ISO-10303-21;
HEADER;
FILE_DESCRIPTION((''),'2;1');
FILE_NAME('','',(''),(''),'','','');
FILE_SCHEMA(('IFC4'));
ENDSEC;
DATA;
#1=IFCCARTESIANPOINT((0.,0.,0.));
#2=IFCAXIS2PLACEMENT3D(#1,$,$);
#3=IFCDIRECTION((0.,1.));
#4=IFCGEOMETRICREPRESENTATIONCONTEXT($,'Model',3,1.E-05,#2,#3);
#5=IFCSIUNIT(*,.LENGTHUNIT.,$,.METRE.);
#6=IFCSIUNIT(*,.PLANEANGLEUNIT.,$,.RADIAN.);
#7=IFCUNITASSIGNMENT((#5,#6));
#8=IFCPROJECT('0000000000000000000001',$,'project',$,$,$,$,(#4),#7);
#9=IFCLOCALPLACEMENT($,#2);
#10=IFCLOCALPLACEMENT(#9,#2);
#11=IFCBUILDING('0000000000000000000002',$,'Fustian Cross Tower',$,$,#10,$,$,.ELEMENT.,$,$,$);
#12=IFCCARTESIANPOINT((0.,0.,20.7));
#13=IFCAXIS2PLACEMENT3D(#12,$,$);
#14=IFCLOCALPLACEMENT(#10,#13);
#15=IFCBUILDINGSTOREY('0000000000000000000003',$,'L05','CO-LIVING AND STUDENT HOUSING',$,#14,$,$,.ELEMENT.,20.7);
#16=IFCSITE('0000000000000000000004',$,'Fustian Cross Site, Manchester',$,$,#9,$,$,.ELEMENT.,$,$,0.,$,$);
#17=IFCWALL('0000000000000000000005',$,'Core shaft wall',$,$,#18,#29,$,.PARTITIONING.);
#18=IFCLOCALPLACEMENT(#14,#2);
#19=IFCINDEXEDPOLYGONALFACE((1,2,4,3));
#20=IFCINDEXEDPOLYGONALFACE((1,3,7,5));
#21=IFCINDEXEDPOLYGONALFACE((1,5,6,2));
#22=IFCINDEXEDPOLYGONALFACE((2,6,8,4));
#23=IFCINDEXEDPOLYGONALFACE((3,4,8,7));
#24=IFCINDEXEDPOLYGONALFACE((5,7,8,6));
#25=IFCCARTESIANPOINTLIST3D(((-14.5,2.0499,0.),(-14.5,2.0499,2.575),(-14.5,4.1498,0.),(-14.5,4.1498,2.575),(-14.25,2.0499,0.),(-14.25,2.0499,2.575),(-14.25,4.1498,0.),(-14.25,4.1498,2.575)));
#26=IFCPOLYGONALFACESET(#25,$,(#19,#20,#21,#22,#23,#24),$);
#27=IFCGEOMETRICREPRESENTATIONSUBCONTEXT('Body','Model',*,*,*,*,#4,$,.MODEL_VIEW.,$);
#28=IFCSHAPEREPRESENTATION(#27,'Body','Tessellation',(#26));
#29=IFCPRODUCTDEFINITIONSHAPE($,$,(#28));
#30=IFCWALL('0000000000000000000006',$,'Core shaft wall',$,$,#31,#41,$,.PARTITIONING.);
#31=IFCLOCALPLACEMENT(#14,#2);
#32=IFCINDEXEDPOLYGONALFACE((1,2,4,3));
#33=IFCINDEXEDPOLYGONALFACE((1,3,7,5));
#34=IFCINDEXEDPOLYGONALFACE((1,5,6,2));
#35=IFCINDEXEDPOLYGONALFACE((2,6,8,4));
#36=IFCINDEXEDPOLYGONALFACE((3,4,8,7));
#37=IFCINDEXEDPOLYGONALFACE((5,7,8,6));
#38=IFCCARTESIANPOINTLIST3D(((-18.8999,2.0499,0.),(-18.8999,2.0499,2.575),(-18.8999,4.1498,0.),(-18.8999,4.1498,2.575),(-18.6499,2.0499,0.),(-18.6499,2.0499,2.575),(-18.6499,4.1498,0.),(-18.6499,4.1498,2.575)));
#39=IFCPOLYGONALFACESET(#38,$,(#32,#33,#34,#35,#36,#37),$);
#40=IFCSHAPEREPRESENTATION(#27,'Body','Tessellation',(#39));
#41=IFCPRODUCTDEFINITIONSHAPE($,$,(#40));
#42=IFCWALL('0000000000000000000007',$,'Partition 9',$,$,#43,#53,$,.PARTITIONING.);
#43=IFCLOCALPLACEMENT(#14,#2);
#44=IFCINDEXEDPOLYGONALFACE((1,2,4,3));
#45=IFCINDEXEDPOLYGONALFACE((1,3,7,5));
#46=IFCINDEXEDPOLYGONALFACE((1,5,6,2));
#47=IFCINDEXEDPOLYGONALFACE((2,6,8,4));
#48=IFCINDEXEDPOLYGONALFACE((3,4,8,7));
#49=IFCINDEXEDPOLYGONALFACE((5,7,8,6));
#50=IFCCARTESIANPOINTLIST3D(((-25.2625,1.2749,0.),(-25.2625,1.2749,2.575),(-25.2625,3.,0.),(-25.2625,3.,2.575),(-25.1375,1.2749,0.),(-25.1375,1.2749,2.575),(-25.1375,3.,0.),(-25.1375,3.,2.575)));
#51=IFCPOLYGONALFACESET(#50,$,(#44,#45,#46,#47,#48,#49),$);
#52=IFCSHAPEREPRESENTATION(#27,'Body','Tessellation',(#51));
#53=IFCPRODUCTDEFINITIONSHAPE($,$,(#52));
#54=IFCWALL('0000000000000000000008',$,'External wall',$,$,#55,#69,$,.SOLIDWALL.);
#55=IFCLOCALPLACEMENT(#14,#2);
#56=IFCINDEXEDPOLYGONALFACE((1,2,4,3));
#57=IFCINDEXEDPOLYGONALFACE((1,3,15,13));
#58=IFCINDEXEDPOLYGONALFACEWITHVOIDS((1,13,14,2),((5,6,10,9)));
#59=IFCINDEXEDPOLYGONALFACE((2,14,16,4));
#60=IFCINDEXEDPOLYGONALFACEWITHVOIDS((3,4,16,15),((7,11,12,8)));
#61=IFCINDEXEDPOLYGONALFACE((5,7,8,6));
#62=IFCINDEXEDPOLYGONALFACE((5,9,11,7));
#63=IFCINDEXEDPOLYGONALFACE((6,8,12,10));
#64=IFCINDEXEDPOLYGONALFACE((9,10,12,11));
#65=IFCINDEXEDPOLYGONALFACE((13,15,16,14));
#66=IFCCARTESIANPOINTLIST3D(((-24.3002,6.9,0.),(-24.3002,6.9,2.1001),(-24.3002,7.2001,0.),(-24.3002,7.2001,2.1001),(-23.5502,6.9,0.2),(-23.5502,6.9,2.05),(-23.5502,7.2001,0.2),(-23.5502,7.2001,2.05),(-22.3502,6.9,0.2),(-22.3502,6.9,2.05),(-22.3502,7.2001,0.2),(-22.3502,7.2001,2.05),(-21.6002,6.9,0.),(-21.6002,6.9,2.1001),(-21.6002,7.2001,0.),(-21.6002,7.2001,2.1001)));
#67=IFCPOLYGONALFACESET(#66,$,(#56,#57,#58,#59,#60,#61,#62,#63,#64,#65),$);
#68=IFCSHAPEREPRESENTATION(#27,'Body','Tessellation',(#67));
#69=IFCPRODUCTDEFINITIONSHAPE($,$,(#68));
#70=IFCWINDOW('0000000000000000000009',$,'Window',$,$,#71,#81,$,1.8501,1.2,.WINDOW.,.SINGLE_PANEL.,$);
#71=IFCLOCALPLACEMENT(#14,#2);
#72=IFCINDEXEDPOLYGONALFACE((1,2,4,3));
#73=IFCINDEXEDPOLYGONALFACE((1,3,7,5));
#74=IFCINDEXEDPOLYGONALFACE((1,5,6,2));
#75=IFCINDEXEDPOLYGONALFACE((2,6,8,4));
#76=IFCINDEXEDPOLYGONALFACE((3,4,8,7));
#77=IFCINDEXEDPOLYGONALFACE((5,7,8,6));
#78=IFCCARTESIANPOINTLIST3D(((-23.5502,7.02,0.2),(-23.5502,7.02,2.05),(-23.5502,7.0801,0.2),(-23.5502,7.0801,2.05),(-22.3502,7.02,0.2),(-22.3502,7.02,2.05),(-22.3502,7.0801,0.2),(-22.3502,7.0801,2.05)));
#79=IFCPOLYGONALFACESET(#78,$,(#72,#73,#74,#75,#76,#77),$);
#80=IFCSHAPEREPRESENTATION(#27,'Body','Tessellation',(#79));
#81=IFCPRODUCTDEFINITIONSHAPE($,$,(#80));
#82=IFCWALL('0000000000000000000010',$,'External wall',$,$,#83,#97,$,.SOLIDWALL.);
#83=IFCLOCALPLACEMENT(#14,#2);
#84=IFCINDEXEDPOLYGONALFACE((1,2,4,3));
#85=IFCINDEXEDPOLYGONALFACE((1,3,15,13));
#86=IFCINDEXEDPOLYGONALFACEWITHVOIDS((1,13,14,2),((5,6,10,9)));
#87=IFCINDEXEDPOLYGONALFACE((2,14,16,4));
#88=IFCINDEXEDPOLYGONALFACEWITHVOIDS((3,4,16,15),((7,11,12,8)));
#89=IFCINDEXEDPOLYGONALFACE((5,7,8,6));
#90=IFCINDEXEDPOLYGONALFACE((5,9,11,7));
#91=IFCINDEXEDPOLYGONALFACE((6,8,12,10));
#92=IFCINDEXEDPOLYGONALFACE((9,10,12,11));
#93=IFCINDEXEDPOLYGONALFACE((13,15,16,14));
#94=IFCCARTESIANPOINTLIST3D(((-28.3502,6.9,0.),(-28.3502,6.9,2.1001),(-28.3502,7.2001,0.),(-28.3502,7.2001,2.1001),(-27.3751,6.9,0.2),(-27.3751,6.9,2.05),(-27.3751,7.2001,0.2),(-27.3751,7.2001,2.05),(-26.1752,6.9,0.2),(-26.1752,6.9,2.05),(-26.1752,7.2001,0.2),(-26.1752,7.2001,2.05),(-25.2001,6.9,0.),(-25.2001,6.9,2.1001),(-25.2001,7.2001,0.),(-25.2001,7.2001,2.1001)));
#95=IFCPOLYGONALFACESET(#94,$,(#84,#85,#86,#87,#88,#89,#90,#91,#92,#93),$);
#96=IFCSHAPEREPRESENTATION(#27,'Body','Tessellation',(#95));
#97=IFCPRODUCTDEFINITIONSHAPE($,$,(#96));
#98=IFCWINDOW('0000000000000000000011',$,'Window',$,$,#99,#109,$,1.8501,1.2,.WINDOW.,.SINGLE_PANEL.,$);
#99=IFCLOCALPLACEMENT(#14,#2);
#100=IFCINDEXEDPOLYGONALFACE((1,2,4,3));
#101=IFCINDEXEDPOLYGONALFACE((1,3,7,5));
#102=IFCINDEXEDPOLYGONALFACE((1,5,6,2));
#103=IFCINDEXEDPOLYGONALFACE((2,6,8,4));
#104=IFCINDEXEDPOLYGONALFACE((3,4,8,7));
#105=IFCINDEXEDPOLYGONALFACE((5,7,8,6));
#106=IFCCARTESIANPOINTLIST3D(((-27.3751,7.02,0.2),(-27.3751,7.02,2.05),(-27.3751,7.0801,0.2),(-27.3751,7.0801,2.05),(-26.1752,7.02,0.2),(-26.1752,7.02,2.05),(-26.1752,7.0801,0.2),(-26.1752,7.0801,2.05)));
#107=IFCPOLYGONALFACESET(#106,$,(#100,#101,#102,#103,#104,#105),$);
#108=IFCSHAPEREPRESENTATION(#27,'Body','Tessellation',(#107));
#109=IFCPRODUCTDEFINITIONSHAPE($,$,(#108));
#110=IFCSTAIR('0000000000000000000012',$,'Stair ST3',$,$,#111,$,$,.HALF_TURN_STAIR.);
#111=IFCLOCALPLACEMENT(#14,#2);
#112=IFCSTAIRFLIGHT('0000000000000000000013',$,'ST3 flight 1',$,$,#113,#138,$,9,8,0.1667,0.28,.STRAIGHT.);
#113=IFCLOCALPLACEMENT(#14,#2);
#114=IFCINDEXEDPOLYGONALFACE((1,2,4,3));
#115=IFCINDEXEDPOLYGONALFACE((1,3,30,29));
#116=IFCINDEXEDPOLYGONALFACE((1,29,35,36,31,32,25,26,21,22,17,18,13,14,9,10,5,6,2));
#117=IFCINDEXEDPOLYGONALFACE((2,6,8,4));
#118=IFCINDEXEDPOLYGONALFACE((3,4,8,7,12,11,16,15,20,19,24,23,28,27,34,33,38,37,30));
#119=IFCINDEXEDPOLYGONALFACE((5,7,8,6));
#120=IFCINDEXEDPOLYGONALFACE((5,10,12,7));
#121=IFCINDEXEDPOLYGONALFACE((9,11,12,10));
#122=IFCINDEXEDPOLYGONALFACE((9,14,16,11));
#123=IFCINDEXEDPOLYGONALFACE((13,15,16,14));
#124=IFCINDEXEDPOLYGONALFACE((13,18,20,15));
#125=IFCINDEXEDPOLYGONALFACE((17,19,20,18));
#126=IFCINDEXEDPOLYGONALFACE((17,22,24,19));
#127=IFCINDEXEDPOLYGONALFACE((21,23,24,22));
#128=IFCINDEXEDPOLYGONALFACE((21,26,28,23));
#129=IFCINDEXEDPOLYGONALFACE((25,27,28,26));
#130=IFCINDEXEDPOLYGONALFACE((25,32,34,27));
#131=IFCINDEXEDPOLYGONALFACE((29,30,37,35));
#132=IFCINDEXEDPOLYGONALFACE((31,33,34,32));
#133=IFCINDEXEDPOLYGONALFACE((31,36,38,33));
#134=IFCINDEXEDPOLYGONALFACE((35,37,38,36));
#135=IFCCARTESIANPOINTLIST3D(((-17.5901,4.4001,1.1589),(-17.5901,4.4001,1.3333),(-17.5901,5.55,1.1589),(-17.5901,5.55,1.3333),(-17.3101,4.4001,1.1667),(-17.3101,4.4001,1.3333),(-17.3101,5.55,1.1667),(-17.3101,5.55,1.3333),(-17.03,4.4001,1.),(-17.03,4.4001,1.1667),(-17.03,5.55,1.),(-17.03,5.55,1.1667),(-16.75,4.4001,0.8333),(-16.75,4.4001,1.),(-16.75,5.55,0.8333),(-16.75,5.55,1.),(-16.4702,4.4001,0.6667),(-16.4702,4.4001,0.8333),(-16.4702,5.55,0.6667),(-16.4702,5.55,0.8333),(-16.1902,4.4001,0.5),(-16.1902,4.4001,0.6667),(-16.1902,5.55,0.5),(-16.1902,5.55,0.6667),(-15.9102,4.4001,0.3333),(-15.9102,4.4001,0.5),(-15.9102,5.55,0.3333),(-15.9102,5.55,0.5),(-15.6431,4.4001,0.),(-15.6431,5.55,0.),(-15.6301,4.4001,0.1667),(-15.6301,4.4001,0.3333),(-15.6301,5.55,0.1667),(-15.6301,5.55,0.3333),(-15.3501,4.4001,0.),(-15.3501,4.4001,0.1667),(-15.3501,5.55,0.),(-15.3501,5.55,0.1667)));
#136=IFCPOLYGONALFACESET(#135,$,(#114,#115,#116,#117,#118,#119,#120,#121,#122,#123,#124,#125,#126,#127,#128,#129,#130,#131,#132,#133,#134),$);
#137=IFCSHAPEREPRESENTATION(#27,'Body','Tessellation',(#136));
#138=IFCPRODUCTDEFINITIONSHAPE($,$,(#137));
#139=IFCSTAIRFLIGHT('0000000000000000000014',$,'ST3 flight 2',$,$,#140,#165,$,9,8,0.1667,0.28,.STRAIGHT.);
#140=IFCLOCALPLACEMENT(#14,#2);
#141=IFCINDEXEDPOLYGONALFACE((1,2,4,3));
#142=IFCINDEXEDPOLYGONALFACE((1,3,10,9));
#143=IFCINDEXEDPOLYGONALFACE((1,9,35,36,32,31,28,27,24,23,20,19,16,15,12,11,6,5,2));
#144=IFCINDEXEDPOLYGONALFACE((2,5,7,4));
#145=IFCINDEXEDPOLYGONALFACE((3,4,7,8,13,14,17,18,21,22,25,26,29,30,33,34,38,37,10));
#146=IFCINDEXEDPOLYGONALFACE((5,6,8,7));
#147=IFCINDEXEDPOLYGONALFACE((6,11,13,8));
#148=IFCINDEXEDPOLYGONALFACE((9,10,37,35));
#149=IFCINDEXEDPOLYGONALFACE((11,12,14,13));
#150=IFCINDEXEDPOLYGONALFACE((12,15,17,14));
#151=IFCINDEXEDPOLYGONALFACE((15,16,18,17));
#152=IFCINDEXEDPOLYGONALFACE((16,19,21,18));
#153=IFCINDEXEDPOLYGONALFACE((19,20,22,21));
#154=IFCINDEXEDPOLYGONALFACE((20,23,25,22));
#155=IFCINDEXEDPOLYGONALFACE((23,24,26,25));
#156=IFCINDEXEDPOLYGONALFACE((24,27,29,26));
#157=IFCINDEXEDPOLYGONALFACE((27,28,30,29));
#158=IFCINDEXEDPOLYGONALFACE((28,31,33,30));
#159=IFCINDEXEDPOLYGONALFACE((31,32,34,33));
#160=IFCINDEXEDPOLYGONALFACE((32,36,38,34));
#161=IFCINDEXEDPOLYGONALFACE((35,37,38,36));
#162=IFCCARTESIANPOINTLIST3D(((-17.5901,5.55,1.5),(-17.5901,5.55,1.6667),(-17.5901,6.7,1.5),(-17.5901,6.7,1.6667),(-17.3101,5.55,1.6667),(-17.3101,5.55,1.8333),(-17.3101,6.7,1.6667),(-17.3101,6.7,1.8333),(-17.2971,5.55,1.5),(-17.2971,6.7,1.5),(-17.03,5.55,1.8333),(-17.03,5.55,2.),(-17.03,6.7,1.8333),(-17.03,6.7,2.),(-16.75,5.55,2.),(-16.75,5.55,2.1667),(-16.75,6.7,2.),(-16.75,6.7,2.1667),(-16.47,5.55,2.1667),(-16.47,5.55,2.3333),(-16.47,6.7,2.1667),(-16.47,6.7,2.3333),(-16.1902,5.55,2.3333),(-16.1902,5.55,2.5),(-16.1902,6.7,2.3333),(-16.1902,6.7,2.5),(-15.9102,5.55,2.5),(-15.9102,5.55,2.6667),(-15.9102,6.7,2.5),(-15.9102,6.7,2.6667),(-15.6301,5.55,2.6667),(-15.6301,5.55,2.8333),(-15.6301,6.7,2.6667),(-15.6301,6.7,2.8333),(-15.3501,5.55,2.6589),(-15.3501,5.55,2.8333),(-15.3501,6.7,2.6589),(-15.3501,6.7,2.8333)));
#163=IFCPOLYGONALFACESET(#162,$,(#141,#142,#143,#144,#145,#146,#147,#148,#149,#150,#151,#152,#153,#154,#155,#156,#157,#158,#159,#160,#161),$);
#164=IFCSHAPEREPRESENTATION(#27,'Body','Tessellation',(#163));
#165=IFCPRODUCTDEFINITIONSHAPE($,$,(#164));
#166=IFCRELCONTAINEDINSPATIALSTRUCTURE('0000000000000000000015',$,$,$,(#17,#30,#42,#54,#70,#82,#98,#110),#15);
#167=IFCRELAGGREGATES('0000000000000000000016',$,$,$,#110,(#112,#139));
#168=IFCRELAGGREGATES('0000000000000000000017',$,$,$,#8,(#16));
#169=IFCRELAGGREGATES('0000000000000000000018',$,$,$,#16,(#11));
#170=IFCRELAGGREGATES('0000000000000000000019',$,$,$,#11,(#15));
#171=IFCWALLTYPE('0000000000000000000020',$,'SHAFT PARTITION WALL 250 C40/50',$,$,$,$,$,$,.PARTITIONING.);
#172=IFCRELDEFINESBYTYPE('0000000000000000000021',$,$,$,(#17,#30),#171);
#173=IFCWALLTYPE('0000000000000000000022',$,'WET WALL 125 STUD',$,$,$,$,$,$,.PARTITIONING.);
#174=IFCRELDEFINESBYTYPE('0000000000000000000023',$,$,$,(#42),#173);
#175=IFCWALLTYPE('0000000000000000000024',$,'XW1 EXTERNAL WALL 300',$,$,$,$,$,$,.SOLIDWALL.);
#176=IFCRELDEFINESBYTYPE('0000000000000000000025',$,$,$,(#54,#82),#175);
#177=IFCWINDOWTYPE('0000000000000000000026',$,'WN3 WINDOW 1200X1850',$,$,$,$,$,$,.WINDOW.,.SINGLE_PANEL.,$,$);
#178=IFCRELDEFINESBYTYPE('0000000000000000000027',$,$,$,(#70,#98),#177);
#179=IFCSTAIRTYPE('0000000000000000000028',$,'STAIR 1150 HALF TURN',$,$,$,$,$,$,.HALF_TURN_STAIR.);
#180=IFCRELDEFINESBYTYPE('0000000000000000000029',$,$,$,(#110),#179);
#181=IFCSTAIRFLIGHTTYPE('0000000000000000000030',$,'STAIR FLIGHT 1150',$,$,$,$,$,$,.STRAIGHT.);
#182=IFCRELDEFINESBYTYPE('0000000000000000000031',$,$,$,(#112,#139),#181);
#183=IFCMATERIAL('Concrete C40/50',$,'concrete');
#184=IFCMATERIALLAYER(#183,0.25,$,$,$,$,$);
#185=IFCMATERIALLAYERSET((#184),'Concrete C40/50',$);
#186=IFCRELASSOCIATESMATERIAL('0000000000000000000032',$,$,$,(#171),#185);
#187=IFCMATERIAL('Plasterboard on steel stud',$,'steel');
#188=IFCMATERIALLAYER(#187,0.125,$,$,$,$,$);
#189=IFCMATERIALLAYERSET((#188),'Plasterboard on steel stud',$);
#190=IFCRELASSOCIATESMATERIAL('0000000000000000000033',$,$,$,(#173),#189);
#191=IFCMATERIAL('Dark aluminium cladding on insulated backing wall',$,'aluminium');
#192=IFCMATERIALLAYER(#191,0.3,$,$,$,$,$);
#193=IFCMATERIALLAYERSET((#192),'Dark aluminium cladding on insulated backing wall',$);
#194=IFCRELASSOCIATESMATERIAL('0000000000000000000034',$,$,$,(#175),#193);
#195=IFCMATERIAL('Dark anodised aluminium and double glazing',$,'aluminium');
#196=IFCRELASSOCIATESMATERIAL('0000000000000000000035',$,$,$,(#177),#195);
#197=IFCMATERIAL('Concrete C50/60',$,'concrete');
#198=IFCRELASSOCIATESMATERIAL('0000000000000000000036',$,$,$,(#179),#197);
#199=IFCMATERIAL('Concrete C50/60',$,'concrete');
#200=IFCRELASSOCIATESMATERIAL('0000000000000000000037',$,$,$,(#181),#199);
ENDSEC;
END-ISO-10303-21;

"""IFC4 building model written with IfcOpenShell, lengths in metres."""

from ifc_helpers import new_model, si_unit, direction, frame, frame_2d, origin, place, context, subcontext, project, spatial, polyline, rectangle, outline, extrude, material, layer, layer_set, type_object, element, fill, aggregate, save


model = new_model("IFC4")

# Units and contexts
model_context = context("Model", 3, precision=1e-05, world=origin(), true_north=direction((0.0, 1.0)))
body_context = subcontext(model_context, "Body", "Model", "MODEL_VIEW")
ifc_project = project(units=[si_unit("LENGTHUNIT", "METRE"), si_unit("PLANEANGLEUNIT", "RADIAN")], contexts=[model_context])

# Site, building, storey
site_placement = place(None, origin())
site = spatial("IfcSite", under=ifc_project, at=site_placement, Name="Fustian Cross Site, Manchester", CompositionType="ELEMENT", RefElevation=0.0)
building_placement = place(site_placement, origin())
building = spatial("IfcBuilding", under=site, at=building_placement, Name="Fustian Cross Tower", CompositionType="ELEMENT")
storey_placement = place(building_placement, frame((0.0, 0.0, 20.7)))
storey = spatial("IfcBuildingStorey", under=building, at=storey_placement, Name="L05", Description="CO-LIVING AND STUDENT HOUSING", CompositionType="ELEMENT", Elevation=20.7)

# Walls
ifc_material_1 = material(Name="Concrete C40/50", Category="concrete")
ifc_layer_1 = layer(ifc_material_1, 0.25)
ifc_layer_set_1 = layer_set([ifc_layer_1], Name="Concrete C40/50")
wall_type_1 = type_object("IfcWallType", Name="SHAFT PARTITION WALL 250 C40/50", PredefinedType="PARTITIONING", material=ifc_layer_set_1)
for number, where, z_axis, x_axis, name in (
    (1, (-14.375, 2.05, 0.0), (0.0, 0.0, 1.0), (0.0, 1.0, 0.0), "Core shaft wall"),
    (2, (-18.7749, 2.05, 0.0), (0.0, 0.0, 1.0), (0.0, 1.0, 0.0), "Core shaft wall"),
):
    element("IfcWall", number, at=place(storey_placement, frame(where, z_axis=z_axis, x_axis=x_axis)), inside=storey, type_object=wall_type_1, Name=name, PredefinedType="PARTITIONING", context=body_context, shape_type="SweptSolid", body=[
        extrude(rectangle(XDim=2.0999, YDim=0.25, at=frame_2d((1.0498, 0.0))), origin(), (0.0, 0.0, 1.0), 2.575),
    ])
ifc_material_2 = material(Name="Plasterboard on steel stud", Category="steel")
ifc_layer_2 = layer(ifc_material_2, 0.125)
ifc_layer_set_2 = layer_set([ifc_layer_2], Name="Plasterboard on steel stud")
wall_type_2 = type_object("IfcWallType", Name="WET WALL 125 STUD", PredefinedType="PARTITIONING", material=ifc_layer_set_2)
wall_1_placement = place(storey_placement, frame((-25.2, 1.2749, 0.0), z_axis=(0.0, 0.0, 1.0), x_axis=(0.0, 1.0, 0.0)))
element("IfcWall", 3, at=wall_1_placement, inside=storey, type_object=wall_type_2, Name="Partition 9", PredefinedType="PARTITIONING", context=body_context, shape_type="SweptSolid", body=[
    extrude(rectangle(XDim=1.7251, YDim=0.125, at=frame_2d((0.8625, 0.0))), origin(), (0.0, 0.0, 1.0), 2.575),
])

# Walls, openings, windows
ifc_material_3 = material(Name="Dark aluminium cladding on insulated backing wall", Category="aluminium")
ifc_layer_3 = layer(ifc_material_3, 0.3)
ifc_layer_set_3 = layer_set([ifc_layer_3], Name="Dark aluminium cladding on insulated backing wall")
wall_type_3 = type_object("IfcWallType", Name="XW1 EXTERNAL WALL 300", PredefinedType="SOLIDWALL", material=ifc_layer_set_3)
wall_2_placement = place(storey_placement, frame((-21.6001, 7.05, 0.0), z_axis=(0.0, 0.0, 1.0), x_axis=(-1.0, 0.0, 0.0)))
wall_2 = element("IfcWall", 4, at=wall_2_placement, inside=storey, type_object=wall_type_3, Name="External wall", PredefinedType="SOLIDWALL", context=body_context, shape_type="SweptSolid", body=[
    extrude(rectangle(XDim=2.7, YDim=0.3, at=frame_2d((1.3501, 0.0))), origin(), (0.0, 0.0, 1.0), 2.1001),
])
opening_1_placement = place(wall_2_placement, frame((0.75, 0.0, 0.2)))
opening_1 = element("IfcOpeningElement", 5, at=opening_1_placement, cuts=wall_2, PredefinedType="OPENING", context=body_context, shape_type="SweptSolid", body=[
    extrude(rectangle(XDim=1.2, YDim=1.8501, at=frame_2d((0.6001, 0.925))), frame((0.0, 0.1599, 0.0), z_axis=(0.0, -1.0, 0.0), x_axis=(1.0, 0.0, 0.0)), (0.0, 0.0, 1.0), 0.3201),
])
ifc_material_4 = material(Name="Dark anodised aluminium and double glazing", Category="aluminium")
window_type = type_object("IfcWindowType", Name="WN3 WINDOW 1200X1850", PartitioningType="SINGLE_PANEL", PredefinedType="WINDOW", material=ifc_material_4)
window_1_placement = place(opening_1_placement, origin())
window_1 = element("IfcWindow", 6, at=window_1_placement, inside=storey, type_object=window_type, Name="Window", OverallHeight=1.8501, OverallWidth=1.2, PartitioningType="SINGLE_PANEL", PredefinedType="WINDOW", context=body_context, shape_type="SweptSolid", body=[
    extrude(rectangle(XDim=1.2, YDim=1.8501, at=frame_2d((0.6001, 0.925))), frame((0.0, 0.03, 0.0), z_axis=(0.0, -1.0, 0.0), x_axis=(1.0, 0.0, 0.0)), (0.0, 0.0, 1.0), 0.0601),
])
fill(opening_1, window_1)
wall_3_placement = place(storey_placement, frame((-25.2, 7.05, 0.0), z_axis=(0.0, 0.0, 1.0), x_axis=(-1.0, 0.0, 0.0)))
wall_3 = element("IfcWall", 7, at=wall_3_placement, inside=storey, type_object=wall_type_3, Name="External wall", PredefinedType="SOLIDWALL", context=body_context, shape_type="SweptSolid", body=[
    extrude(rectangle(XDim=3.1501, YDim=0.3, at=frame_2d((1.5752, 0.0))), origin(), (0.0, 0.0, 1.0), 2.1001),
])
opening_2_placement = place(wall_3_placement, frame((0.9751, 0.0, 0.2)))
opening_2 = element("IfcOpeningElement", 8, at=opening_2_placement, cuts=wall_3, PredefinedType="OPENING", context=body_context, shape_type="SweptSolid", body=[
    extrude(rectangle(XDim=1.2, YDim=1.8501, at=frame_2d((0.6001, 0.925))), frame((0.0, 0.1599, 0.0), z_axis=(0.0, -1.0, 0.0), x_axis=(1.0, 0.0, 0.0)), (0.0, 0.0, 1.0), 0.3201),
])
window_2_placement = place(opening_2_placement, origin())
window_2 = element("IfcWindow", 9, at=window_2_placement, inside=storey, type_object=window_type, Name="Window", OverallHeight=1.8501, OverallWidth=1.2, PartitioningType="SINGLE_PANEL", PredefinedType="WINDOW", context=body_context, shape_type="SweptSolid", body=[
    extrude(rectangle(XDim=1.2, YDim=1.8501, at=frame_2d((0.6001, 0.925))), frame((0.0, 0.03, 0.0), z_axis=(0.0, -1.0, 0.0), x_axis=(1.0, 0.0, 0.0)), (0.0, 0.0, 1.0), 0.0601),
])
fill(opening_2, window_2)

# Stair, stair flights
ifc_material_5 = material(Name="Concrete C50/60", Category="concrete")
stair_type = type_object("IfcStairType", Name="STAIR 1150 HALF TURN", PredefinedType="HALF_TURN_STAIR", material=ifc_material_5)
stair_placement = place(storey_placement, origin())
stair = element("IfcStair", 10, at=stair_placement, inside=storey, type_object=stair_type, Name="Stair ST3", PredefinedType="HALF_TURN_STAIR")
ifc_material_6 = material(Name="Concrete C50/60", Category="concrete")
stair_flight_type = type_object("IfcStairFlightType", Name="STAIR FLIGHT 1150", PredefinedType="STRAIGHT", material=ifc_material_6)
stair_flight_1_placement = place(storey_placement, frame((-15.3501, 4.9751, 0.0), z_axis=(0.0, 0.0, 1.0), x_axis=(-1.0, 0.0, 0.0)))
stair_flight_1 = element("IfcStairFlight", 11, at=stair_flight_1_placement, type_object=stair_flight_type, Name="ST3 flight 1", NumberOfRisers=9, NumberOfTreads=8, PredefinedType="STRAIGHT", RiserHeight=0.1667, TreadLength=0.28, context=body_context, shape_type="SweptSolid", body=[
    extrude(outline(polyline([(0.0, 0.0), (0.0, 0.1667), (0.28, 0.1667), (0.28, 0.3333), (0.5601, 0.3333), (0.5601, 0.5), (0.8401, 0.5), (0.8401, 0.6667), (1.1201, 0.6667), (1.1201, 0.8333), (1.3999, 0.8333), (1.3999, 1.0), (1.6799, 1.0), (1.6799, 1.1667), (1.96, 1.1667), (1.96, 1.3333), (2.24, 1.3333), (2.24, 1.5), (2.24, 1.1589), (0.293, 0.0), (0.0, 0.0)])), frame((0.0, 0.575, 0.0), z_axis=(0.0, -1.0, 0.0), x_axis=(1.0, 0.0, 0.0)), (0.0, 0.0, 1.0), 1.1499),
])
stair_flight_2_placement = place(storey_placement, frame((-17.5901, 6.125, 1.5), z_axis=(0.0, 0.0, 1.0), x_axis=(1.0, 0.0, 0.0)))
stair_flight_2 = element("IfcStairFlight", 12, at=stair_flight_2_placement, type_object=stair_flight_type, Name="ST3 flight 2", NumberOfRisers=9, NumberOfTreads=8, PredefinedType="STRAIGHT", RiserHeight=0.1667, TreadLength=0.28, context=body_context, shape_type="SweptSolid", body=[
    extrude(outline(polyline([(0.0, 0.0), (0.0, 0.1667), (0.28, 0.1667), (0.28, 0.3333), (0.5601, 0.3333), (0.5601, 0.5), (0.8401, 0.5), (0.8401, 0.6667), (1.1201, 0.6667), (1.1201, 0.8333), (1.3999, 0.8333), (1.3999, 1.0), (1.6799, 1.0), (1.6799, 1.1667), (1.96, 1.1667), (1.96, 1.3333), (2.24, 1.3333), (2.24, 1.5), (2.24, 1.1589), (0.293, 0.0), (0.0, 0.0)])), frame((0.0, 0.575, 0.0), z_axis=(0.0, -1.0, 0.0), x_axis=(1.0, 0.0, 0.0)), (0.0, 0.0, 1.0), 1.1499),
])
aggregate(stair, [stair_flight_1, stair_flight_2])

save(model, "model.ifc")
